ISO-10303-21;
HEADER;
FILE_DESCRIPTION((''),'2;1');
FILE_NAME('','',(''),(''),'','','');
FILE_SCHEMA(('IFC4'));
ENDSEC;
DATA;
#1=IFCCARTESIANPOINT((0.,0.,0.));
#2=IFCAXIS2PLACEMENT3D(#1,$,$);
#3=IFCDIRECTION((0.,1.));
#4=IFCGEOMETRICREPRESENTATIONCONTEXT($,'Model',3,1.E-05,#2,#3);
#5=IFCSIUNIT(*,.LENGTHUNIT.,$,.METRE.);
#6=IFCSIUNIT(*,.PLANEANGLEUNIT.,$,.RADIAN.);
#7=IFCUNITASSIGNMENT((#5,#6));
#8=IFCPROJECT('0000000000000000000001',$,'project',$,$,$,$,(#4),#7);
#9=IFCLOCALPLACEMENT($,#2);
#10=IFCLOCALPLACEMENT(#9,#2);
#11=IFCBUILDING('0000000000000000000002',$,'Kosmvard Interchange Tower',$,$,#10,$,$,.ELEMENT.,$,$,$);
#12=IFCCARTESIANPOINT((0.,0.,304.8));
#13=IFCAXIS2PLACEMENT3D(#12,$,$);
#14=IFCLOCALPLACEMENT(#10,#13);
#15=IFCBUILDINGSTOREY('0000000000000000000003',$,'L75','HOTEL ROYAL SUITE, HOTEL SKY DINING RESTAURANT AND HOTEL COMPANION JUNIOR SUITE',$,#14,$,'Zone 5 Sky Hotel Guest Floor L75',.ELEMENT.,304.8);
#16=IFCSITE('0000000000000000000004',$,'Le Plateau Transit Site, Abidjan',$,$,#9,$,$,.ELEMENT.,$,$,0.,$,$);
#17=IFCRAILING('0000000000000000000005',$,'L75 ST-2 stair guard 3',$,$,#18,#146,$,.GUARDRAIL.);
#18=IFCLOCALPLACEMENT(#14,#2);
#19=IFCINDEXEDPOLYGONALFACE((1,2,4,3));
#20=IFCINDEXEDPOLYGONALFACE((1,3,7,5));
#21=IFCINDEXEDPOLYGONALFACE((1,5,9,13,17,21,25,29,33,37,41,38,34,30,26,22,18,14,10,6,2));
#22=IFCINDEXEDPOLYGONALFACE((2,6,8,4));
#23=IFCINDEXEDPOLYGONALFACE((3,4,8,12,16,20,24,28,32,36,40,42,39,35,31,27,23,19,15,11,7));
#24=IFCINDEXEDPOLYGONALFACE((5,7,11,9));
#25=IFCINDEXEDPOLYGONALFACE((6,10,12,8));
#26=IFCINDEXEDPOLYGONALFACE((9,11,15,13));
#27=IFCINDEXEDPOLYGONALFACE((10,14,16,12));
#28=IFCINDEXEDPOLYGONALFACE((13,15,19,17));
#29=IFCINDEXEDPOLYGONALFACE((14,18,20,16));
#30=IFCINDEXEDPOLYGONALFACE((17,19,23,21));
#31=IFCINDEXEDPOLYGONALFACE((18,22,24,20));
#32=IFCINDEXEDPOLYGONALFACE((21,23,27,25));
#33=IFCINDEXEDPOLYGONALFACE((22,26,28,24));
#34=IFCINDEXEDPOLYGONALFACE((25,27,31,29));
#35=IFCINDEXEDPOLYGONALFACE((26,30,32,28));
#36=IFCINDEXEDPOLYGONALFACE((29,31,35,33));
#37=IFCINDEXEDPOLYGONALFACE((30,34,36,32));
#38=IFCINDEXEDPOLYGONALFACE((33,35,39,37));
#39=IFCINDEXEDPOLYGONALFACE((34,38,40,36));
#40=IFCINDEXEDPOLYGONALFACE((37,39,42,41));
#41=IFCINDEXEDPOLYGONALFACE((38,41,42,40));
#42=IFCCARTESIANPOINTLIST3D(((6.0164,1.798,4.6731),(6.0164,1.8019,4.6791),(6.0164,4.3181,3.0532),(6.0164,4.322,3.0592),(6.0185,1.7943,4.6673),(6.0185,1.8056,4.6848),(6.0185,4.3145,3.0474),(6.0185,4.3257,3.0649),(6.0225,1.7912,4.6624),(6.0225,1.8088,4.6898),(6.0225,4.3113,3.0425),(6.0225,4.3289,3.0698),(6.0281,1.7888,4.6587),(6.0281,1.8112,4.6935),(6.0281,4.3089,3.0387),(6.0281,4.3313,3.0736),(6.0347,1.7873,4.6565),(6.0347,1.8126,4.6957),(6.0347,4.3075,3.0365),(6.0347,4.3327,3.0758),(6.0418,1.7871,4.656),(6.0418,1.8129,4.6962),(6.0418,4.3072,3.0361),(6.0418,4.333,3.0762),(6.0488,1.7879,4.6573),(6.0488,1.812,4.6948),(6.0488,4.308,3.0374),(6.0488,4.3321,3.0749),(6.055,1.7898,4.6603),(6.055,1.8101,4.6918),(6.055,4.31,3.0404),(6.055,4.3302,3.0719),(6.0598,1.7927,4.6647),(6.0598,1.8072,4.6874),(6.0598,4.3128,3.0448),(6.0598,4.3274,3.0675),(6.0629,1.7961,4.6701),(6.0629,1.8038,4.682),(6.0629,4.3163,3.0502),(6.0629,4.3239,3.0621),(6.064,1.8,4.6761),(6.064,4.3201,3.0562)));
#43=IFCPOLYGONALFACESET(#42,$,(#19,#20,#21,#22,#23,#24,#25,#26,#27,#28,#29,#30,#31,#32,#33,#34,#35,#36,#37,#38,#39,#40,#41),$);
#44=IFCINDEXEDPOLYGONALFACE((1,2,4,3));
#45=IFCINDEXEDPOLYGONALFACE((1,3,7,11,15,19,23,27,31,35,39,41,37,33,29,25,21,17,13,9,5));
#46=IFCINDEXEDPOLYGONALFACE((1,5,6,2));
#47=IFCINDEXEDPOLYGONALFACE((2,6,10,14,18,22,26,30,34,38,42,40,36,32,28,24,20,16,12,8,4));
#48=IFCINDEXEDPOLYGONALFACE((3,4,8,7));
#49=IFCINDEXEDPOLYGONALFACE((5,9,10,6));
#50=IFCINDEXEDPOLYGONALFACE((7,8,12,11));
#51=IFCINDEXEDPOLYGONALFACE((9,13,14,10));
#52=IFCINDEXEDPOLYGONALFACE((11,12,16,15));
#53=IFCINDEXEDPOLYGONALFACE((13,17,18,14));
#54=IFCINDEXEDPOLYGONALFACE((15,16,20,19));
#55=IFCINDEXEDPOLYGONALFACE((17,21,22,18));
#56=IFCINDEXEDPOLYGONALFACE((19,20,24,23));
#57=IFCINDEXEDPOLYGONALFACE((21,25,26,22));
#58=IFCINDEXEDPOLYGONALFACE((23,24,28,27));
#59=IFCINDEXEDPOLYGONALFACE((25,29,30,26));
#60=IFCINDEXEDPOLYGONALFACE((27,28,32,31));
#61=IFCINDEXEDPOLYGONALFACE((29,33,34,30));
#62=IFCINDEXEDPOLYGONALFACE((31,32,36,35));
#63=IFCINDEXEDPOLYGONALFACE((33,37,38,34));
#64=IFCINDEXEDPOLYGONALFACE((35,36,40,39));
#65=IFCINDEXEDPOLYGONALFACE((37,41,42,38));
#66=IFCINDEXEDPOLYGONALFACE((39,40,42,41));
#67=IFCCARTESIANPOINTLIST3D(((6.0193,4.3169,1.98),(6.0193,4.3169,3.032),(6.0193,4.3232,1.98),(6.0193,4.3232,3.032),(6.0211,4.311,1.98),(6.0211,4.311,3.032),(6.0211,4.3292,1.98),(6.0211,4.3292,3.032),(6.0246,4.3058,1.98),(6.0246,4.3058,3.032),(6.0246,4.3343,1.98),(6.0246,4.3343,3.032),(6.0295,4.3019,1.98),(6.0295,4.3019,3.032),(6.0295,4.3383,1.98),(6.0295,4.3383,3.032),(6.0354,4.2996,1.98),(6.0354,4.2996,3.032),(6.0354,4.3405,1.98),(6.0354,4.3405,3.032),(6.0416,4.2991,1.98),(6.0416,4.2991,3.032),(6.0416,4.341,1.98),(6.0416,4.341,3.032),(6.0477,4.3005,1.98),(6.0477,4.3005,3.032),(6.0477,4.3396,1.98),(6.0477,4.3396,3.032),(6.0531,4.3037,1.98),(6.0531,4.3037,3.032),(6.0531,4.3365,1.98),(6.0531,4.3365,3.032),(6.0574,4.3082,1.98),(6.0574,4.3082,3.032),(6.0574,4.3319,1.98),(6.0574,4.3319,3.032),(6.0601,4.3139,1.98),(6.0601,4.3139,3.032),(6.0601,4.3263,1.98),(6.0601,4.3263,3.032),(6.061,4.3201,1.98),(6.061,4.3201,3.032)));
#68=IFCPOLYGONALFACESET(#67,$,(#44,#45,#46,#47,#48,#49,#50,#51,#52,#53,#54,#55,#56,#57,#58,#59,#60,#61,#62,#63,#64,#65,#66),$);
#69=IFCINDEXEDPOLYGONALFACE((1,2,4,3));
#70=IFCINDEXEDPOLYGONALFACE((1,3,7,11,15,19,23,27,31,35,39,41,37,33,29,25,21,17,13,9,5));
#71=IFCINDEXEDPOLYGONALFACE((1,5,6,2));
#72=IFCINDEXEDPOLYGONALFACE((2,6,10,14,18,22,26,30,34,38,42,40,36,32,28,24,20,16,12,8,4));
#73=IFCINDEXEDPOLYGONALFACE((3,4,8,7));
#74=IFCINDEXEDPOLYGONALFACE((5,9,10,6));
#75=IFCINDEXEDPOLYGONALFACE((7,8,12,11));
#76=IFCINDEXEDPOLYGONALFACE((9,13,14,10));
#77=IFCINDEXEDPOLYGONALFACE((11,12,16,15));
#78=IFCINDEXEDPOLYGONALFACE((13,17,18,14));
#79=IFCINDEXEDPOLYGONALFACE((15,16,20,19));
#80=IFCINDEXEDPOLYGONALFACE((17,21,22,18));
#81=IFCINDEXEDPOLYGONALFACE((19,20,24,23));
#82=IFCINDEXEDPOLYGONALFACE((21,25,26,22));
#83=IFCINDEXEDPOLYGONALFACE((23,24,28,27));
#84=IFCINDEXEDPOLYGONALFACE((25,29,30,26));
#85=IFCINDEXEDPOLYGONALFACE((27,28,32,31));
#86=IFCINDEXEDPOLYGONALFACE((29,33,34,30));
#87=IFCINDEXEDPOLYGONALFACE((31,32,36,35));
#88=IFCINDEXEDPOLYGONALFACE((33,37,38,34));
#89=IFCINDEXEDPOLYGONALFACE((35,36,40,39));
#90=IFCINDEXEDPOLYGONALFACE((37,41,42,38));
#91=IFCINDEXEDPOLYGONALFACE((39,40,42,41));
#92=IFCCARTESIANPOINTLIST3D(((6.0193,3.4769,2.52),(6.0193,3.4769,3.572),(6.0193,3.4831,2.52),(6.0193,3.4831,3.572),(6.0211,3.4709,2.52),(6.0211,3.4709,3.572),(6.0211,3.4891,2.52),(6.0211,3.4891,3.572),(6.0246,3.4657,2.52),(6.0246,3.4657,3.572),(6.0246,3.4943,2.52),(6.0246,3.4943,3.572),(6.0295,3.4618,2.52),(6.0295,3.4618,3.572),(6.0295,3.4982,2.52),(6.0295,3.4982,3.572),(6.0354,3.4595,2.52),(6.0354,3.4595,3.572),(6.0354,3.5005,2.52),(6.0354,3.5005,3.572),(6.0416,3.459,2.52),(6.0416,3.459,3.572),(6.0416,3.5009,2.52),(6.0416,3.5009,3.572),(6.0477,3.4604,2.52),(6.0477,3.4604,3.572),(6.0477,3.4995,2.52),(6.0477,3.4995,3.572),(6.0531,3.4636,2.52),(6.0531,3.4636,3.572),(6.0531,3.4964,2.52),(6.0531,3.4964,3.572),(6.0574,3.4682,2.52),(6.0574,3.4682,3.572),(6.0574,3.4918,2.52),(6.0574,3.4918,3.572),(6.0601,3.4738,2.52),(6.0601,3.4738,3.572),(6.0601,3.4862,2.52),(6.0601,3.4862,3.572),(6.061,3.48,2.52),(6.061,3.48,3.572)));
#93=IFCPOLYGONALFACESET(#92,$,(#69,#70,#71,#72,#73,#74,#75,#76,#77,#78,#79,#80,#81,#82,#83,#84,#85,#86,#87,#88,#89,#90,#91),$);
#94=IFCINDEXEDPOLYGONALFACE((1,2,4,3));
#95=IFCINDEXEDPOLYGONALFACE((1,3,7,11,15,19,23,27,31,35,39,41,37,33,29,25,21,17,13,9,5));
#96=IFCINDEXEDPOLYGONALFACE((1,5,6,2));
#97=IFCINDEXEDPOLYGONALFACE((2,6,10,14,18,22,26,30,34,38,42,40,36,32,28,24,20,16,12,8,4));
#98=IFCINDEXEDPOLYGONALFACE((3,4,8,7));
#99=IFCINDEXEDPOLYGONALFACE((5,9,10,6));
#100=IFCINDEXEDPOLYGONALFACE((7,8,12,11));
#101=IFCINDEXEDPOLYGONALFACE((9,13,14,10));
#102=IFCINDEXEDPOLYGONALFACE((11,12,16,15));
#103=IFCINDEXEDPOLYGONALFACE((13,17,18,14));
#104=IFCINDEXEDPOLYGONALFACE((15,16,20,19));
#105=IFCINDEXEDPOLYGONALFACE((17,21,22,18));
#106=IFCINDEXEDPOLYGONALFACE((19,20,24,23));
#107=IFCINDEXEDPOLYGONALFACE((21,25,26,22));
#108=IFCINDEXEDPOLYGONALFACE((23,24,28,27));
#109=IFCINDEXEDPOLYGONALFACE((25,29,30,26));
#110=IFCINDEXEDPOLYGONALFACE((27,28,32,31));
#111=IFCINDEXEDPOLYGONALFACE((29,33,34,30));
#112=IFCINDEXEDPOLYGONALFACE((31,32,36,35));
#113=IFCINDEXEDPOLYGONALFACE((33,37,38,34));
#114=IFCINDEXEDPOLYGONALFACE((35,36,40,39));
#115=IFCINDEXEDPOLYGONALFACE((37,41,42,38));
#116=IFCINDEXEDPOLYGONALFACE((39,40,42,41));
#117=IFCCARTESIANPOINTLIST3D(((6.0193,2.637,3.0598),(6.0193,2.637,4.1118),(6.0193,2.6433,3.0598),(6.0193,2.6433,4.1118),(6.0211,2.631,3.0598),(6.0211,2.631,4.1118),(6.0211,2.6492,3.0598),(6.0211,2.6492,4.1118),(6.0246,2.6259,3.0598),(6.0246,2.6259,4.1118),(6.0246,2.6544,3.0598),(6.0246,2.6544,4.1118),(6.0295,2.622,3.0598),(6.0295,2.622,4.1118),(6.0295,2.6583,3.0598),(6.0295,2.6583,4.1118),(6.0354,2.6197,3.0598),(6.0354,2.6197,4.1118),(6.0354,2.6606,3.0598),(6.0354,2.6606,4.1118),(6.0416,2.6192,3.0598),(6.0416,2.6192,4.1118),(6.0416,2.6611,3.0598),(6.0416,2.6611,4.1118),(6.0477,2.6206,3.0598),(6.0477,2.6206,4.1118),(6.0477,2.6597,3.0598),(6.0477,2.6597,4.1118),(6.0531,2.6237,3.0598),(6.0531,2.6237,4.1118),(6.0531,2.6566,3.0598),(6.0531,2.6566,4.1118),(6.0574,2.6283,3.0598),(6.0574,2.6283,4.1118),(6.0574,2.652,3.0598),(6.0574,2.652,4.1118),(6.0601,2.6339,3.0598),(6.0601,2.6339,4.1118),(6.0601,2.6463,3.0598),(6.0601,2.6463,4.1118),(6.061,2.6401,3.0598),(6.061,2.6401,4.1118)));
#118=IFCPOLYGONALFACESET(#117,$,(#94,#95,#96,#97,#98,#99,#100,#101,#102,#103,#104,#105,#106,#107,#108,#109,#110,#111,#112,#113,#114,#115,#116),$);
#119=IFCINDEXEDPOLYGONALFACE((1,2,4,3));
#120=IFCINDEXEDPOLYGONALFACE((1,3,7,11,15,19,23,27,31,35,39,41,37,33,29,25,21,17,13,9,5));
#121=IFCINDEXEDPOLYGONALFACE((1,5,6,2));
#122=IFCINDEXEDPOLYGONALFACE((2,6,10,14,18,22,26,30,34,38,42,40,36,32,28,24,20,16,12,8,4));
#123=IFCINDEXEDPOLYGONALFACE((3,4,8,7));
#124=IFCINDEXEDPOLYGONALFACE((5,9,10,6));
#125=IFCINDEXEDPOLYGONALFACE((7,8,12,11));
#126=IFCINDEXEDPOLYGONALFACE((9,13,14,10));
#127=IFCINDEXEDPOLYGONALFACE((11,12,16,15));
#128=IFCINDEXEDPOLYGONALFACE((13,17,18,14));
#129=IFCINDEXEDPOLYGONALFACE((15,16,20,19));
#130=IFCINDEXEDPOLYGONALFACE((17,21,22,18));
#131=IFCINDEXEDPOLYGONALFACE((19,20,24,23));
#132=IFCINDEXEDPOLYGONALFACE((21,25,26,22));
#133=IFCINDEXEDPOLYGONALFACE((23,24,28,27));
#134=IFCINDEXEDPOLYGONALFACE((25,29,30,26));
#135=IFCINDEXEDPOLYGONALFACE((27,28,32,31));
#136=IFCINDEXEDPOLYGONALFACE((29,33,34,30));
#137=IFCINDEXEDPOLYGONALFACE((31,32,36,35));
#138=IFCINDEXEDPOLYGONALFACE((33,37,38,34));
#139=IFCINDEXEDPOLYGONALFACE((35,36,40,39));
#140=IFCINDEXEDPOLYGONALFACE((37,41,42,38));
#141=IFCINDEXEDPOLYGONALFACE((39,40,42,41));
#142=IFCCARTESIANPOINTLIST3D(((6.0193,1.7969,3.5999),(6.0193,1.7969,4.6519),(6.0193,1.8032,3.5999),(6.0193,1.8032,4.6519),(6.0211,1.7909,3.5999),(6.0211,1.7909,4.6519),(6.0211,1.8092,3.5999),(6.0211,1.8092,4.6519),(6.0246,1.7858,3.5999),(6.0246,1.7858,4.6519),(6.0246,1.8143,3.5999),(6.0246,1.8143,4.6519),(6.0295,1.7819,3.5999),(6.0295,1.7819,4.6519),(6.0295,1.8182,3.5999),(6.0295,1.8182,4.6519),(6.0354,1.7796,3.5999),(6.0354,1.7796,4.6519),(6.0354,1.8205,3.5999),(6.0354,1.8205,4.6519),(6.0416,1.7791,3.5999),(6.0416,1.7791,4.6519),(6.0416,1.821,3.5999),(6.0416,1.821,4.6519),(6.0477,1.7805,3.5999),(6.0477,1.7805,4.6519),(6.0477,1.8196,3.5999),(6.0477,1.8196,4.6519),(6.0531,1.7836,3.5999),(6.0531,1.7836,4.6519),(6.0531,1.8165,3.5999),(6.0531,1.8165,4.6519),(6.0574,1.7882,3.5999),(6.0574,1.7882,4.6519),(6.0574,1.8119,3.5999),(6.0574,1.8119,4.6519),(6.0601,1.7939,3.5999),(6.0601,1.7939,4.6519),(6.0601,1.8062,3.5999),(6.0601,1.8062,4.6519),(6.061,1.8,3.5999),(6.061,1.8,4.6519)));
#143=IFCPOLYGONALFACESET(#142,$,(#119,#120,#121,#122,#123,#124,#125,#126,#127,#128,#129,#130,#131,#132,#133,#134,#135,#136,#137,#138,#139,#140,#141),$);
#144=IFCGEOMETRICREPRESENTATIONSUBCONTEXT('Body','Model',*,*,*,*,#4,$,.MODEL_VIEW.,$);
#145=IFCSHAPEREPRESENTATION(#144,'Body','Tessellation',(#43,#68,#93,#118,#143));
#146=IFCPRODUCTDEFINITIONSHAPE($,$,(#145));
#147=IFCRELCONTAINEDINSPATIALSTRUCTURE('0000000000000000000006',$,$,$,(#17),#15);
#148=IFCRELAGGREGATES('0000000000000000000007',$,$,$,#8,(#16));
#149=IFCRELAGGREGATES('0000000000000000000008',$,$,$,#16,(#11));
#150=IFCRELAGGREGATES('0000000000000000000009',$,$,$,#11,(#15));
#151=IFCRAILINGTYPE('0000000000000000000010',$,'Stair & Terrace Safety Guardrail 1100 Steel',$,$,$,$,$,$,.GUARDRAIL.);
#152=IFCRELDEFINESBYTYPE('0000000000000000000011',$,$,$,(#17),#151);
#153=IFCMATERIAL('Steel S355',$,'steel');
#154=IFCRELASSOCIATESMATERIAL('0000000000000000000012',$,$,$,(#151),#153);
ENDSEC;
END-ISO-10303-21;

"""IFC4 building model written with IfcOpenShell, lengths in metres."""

from ifc_helpers import new_model, si_unit, direction, frame, origin, origin_2d, place, context, subcontext, project, spatial, circle, extrude, source, transform, mapped, material, type_object, element, save


model = new_model("IFC4")

# Units and contexts
model_context = context("Model", 3, precision=1e-05, world=origin(), true_north=direction((0.0, 1.0)))
body_context = subcontext(model_context, "Body", "Model", "MODEL_VIEW")
ifc_project = project(units=[si_unit("LENGTHUNIT", "METRE"), si_unit("PLANEANGLEUNIT", "RADIAN")], contexts=[model_context])

# Site, building, storey
site_placement = place(None, origin())
site = spatial("IfcSite", under=ifc_project, at=site_placement, Name="Le Plateau Transit Site, Abidjan", CompositionType="ELEMENT", RefElevation=0.0)
building_placement = place(site_placement, origin())
building = spatial("IfcBuilding", under=site, at=building_placement, Name="Kosmvard Interchange Tower", CompositionType="ELEMENT")
storey_placement = place(building_placement, frame((0.0, 0.0, 304.8)))
storey = spatial("IfcBuildingStorey", under=building, at=storey_placement, Name="L75", Description="HOTEL ROYAL SUITE, HOTEL SKY DINING RESTAURANT AND HOTEL COMPANION JUNIOR SUITE", LongName="Zone 5 Sky Hotel Guest Floor L75", CompositionType="ELEMENT", Elevation=304.8)

# Shared definitions
ifc_material_1 = material(Name="Steel S355", Category="steel")

# Railing
railing_type_1 = type_object("IfcRailingType", Name="Stair & Terrace Safety Guardrail 1100 Steel", PredefinedType="GUARDRAIL", material=ifc_material_1)
shared_shape_1 = source(origin(), body_context, "Body", "SweptSolid", [
    extrude(circle(Radius=0.0239, at=origin_2d()), frame((0.0, 0.0, 1.0762), z_axis=(0.0, -0.8412, 0.540725), x_axis=(1.0, 0.0, 0.0)), (0.0, 0.0, 1.0), 2.9958),
    extrude(circle(Radius=0.021, at=origin_2d()), origin(), (0.0, 0.0, 1.0), 1.052),
    extrude(circle(Radius=0.021, at=origin_2d()), frame((0.0, -0.8401, 0.54)), (0.0, 0.0, 1.0), 1.052),
    extrude(circle(Radius=0.021, at=origin_2d()), frame((0.0, -1.6799, 1.0798)), (0.0, 0.0, 1.0), 1.052),
    extrude(circle(Radius=0.021, at=origin_2d()), frame((0.0, -2.52, 1.6199)), (0.0, 0.0, 1.0), 1.052),
])
railing_1_placement = place(storey_placement, frame((6.04, 4.3201, 1.98)))
element("IfcRailing", 1, at=railing_1_placement, inside=storey, type_object=railing_type_1, Name="L75 ST-2 stair guard 3", PredefinedType="GUARDRAIL", context=body_context, shape_type="MappedRepresentation", body=[
    mapped(shared_shape_1, transform((0.0, 0.0, 0.0), scale=1.0)),
])

save(model, "model.ifc")
